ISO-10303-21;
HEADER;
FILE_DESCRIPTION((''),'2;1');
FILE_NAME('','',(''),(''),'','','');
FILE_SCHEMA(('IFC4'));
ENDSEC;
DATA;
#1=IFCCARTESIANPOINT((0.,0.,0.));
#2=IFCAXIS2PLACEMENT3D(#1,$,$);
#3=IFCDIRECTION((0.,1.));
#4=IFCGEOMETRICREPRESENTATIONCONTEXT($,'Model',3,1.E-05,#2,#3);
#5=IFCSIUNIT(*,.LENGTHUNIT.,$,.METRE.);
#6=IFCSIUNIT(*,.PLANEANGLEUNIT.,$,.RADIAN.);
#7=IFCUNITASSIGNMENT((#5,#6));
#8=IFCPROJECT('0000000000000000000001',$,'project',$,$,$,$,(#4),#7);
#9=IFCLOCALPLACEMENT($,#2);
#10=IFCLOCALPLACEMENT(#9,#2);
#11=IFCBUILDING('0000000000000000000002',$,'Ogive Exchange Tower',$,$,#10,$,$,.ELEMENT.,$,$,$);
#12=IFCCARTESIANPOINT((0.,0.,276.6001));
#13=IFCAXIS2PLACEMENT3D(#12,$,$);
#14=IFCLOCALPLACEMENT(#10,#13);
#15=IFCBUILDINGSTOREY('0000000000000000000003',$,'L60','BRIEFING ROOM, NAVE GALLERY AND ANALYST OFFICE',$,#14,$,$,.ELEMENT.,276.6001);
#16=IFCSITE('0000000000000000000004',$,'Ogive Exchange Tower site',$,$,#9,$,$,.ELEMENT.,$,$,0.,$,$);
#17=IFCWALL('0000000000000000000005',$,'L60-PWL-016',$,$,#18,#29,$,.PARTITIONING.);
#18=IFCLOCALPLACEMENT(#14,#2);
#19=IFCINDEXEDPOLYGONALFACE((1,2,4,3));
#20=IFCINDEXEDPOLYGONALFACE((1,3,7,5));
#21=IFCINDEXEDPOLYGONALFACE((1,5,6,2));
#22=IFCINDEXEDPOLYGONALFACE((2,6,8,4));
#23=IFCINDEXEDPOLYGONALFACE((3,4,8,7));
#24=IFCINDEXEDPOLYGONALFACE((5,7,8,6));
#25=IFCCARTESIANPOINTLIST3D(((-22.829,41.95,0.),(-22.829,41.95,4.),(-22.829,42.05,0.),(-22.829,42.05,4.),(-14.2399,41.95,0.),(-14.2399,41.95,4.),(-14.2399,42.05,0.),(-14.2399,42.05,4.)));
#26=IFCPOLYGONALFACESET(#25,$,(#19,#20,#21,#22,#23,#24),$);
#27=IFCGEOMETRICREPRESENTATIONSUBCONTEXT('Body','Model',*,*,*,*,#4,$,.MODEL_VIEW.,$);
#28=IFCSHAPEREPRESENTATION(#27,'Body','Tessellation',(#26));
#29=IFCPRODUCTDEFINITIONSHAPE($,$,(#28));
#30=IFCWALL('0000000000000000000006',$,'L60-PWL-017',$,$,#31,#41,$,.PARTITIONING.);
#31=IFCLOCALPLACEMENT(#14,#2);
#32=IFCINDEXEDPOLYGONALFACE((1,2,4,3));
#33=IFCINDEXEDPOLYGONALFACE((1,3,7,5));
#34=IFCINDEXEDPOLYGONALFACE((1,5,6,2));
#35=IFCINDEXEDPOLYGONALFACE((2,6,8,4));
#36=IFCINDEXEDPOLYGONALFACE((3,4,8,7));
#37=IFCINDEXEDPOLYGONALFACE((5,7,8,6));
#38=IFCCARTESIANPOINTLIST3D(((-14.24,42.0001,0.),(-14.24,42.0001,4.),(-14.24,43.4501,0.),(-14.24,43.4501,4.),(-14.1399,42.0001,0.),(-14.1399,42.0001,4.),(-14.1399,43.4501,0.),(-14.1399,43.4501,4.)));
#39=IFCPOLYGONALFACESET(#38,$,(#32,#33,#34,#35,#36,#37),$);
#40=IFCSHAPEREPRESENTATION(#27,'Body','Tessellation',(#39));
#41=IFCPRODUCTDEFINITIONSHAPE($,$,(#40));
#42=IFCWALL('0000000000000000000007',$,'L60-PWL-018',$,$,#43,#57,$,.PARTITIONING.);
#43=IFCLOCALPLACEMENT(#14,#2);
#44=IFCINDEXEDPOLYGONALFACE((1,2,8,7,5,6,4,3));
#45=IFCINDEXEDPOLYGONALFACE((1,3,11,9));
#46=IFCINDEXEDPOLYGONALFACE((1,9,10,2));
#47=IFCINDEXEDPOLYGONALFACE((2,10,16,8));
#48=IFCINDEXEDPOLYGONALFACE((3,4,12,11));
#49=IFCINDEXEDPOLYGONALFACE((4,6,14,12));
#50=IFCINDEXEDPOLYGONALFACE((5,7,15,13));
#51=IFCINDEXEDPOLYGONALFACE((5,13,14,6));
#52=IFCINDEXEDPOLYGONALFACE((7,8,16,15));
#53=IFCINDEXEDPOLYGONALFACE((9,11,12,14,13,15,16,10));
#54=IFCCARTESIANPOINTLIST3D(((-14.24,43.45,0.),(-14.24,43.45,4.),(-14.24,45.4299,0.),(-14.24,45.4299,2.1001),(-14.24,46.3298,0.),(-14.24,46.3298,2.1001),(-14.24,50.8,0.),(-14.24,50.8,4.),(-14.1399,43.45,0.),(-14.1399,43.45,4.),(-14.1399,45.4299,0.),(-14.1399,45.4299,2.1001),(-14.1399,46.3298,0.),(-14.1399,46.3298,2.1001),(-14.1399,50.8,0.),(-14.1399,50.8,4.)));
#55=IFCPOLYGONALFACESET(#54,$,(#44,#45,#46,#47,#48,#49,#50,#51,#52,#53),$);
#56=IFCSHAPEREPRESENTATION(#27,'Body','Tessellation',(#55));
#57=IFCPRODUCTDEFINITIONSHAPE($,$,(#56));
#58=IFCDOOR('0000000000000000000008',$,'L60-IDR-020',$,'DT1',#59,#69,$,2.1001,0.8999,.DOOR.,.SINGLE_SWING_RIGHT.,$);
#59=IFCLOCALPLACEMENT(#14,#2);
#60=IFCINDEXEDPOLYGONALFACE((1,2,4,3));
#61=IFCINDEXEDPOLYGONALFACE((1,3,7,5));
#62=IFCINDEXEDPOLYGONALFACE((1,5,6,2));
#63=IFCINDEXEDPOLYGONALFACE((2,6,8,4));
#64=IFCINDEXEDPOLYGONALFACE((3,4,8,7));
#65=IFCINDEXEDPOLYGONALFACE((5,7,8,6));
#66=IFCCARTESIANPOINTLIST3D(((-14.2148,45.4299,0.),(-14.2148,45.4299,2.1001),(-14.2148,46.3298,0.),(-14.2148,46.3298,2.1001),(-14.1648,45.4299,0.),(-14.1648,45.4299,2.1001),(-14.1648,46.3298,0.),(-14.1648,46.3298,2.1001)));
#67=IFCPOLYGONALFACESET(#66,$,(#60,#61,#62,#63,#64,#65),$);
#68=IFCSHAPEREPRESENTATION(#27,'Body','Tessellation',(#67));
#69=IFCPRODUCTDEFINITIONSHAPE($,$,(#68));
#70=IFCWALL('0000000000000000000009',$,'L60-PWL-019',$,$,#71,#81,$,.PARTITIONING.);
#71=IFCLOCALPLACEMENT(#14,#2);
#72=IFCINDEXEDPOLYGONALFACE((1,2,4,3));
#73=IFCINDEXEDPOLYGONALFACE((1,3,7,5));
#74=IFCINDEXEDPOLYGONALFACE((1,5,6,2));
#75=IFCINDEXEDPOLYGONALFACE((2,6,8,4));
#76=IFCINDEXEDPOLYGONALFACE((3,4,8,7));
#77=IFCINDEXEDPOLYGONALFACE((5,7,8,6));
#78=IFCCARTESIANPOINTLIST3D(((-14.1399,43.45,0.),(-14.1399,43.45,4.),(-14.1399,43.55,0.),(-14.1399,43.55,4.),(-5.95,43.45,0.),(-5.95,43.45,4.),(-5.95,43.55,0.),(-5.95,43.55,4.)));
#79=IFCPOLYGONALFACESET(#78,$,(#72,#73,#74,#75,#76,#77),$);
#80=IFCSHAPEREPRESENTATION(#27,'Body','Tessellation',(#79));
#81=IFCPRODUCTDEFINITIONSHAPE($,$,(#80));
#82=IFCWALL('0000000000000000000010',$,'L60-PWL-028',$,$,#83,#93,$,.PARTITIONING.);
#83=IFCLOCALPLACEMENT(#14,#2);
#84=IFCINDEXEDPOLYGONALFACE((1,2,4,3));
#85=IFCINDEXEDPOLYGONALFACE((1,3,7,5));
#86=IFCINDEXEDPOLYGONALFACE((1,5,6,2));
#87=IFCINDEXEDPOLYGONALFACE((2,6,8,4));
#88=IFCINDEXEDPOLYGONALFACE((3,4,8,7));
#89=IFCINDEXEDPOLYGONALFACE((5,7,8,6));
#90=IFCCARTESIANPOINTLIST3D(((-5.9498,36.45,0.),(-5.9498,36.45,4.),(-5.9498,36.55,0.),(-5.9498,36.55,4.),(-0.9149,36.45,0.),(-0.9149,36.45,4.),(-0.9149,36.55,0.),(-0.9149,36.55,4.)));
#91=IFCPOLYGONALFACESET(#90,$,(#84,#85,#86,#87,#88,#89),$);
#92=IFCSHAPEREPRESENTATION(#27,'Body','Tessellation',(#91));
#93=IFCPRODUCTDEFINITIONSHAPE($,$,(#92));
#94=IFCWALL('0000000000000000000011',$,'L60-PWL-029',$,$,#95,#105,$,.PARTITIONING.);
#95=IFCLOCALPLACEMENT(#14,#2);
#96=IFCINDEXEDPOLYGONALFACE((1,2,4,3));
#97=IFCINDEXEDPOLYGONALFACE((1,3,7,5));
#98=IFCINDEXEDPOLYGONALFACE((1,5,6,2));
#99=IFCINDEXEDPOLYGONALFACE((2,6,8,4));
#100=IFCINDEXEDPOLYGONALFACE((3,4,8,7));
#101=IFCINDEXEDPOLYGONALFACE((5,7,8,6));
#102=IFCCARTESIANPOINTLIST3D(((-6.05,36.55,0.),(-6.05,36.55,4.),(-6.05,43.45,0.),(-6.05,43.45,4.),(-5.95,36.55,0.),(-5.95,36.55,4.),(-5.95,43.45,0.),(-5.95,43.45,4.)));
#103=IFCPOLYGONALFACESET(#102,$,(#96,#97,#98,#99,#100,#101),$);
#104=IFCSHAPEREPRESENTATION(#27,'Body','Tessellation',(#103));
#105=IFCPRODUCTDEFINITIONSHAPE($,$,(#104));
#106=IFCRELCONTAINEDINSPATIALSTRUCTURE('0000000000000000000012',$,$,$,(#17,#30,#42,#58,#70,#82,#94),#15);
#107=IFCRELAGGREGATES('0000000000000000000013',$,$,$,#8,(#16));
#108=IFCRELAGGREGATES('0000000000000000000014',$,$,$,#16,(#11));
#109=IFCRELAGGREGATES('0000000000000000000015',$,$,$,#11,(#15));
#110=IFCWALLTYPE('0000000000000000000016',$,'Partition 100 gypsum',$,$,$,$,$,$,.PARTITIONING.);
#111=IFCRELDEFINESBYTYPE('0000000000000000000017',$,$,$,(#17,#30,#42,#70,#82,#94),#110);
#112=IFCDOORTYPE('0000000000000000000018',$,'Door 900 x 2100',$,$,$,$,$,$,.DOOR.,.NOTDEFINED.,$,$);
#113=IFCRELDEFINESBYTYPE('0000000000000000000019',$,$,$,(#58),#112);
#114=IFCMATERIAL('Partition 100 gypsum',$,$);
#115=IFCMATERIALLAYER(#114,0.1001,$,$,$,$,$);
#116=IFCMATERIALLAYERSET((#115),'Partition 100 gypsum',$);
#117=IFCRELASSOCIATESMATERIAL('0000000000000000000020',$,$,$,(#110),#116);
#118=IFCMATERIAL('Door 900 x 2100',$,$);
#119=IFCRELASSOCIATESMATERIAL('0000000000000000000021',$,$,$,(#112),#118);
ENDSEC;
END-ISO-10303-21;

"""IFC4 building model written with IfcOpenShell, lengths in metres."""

from ifc_helpers import new_model, si_unit, direction, frame, frame_2d, origin, place, context, subcontext, project, spatial, rectangle, extrude, material, layer, layer_set, type_object, element, fill, save


model = new_model("IFC4")

# Units and contexts
model_context = context("Model", 3, precision=1e-05, world=origin(), true_north=direction((0.0, 1.0)))
body_context = subcontext(model_context, "Body", "Model", "MODEL_VIEW")
ifc_project = project(units=[si_unit("LENGTHUNIT", "METRE"), si_unit("PLANEANGLEUNIT", "RADIAN")], contexts=[model_context])

# Site, building, storey
site_placement = place(None, origin())
site = spatial("IfcSite", under=ifc_project, at=site_placement, Name="Ogive Exchange Tower site", CompositionType="ELEMENT", RefElevation=0.0)
building_placement = place(site_placement, origin())
building = spatial("IfcBuilding", under=site, at=building_placement, Name="Ogive Exchange Tower", CompositionType="ELEMENT")
storey_placement = place(building_placement, frame((0.0, 0.0, 276.6001)))
storey = spatial("IfcBuildingStorey", under=building, at=storey_placement, Name="L60", Description="BRIEFING ROOM, NAVE GALLERY AND ANALYST OFFICE", CompositionType="ELEMENT", Elevation=276.6001)

# Shared definitions
ifc_material_1 = material(Name="Partition 100 gypsum")
ifc_layer_1 = layer(ifc_material_1, 0.1001)
ifc_layer_set_1 = layer_set([ifc_layer_1], Name="Partition 100 gypsum")
wall_type_1 = type_object("IfcWallType", Name="Partition 100 gypsum", PredefinedType="PARTITIONING", material=ifc_layer_set_1)

# Shared definitions
ifc_material_2 = material(Name="Door 900 x 2100")
door_type_1 = type_object("IfcDoorType", Name="Door 900 x 2100", OperationType="NOTDEFINED", PredefinedType="DOOR", material=ifc_material_2)

# Walls
wall_1_placement = place(storey_placement, frame((-14.24, 42.0, 0.0), z_axis=(0.0, 0.0, 1.0), x_axis=(-1.0, 0.0, 0.0)))
element("IfcWall", 1, at=wall_1_placement, inside=storey, type_object=wall_type_1, Name="L60-PWL-016", PredefinedType="PARTITIONING", context=body_context, shape_type="SweptSolid", body=[
    extrude(rectangle(XDim=8.5891, YDim=0.1001, at=frame_2d((4.2944, 0.0))), origin(), (0.0, 0.0, 1.0), 4.0),
])
wall_2_placement = place(storey_placement, frame((-14.1899, 42.0, 0.0), z_axis=(0.0, 0.0, 1.0), x_axis=(0.0, 1.0, 0.0)))
element("IfcWall", 2, at=wall_2_placement, inside=storey, type_object=wall_type_1, Name="L60-PWL-017", PredefinedType="PARTITIONING", context=body_context, shape_type="SweptSolid", body=[
    extrude(rectangle(XDim=1.45, YDim=0.1001, at=frame_2d((0.7251, 0.0))), origin(), (0.0, 0.0, 1.0), 4.0),
])

# Wall, opening, door
wall_3_placement = place(storey_placement, frame((-14.1899, 43.45, 0.0), z_axis=(0.0, 0.0, 1.0), x_axis=(0.0, 1.0, 0.0)))
wall_3 = element("IfcWall", 3, at=wall_3_placement, inside=storey, type_object=wall_type_1, Name="L60-PWL-018", PredefinedType="PARTITIONING", context=body_context, shape_type="SweptSolid", body=[
    extrude(rectangle(XDim=7.3501, YDim=0.1001, at=frame_2d((3.675, 0.0))), origin(), (0.0, 0.0, 1.0), 4.0),
])
opening_1_placement = place(wall_3_placement, frame((1.98, 0.0, 0.0)))
opening_1 = element("IfcOpeningElement", 4, at=opening_1_placement, cuts=wall_3, PredefinedType="OPENING", context=body_context, shape_type="SweptSolid", body=[
    extrude(rectangle(XDim=0.8999, YDim=2.1001, at=frame_2d((0.45, 1.05))), frame((0.0, 0.0601, 0.0), z_axis=(0.0, -1.0, 0.0), x_axis=(1.0, 0.0, 0.0)), (0.0, 0.0, 1.0), 0.1201),
])
door_1_placement = place(opening_1_placement, origin())
door_1 = element("IfcDoor", 5, at=door_1_placement, inside=storey, type_object=door_type_1, Name="L60-IDR-020", ObjectType="DT1", OperationType="SINGLE_SWING_RIGHT", OverallHeight=2.1001, OverallWidth=0.8999, PredefinedType="DOOR", context=body_context, shape_type="SweptSolid", body=[
    extrude(rectangle(XDim=0.8999, YDim=2.1001, at=frame_2d((0.45, 1.05))), frame((0.0, 0.0249, 0.0), z_axis=(0.0, -1.0, 0.0), x_axis=(1.0, 0.0, 0.0)), (0.0, 0.0, 1.0), 0.05),
])
fill(opening_1, door_1)

# Walls
wall_4_placement = place(storey_placement, frame((-14.1399, 43.5, 0.0), z_axis=(0.0, 0.0, 1.0), x_axis=(1.0, 0.0, 0.0)))
element("IfcWall", 6, at=wall_4_placement, inside=storey, type_object=wall_type_1, Name="L60-PWL-019", PredefinedType="PARTITIONING", context=body_context, shape_type="SweptSolid", body=[
    extrude(rectangle(XDim=8.1899, YDim=0.1001, at=frame_2d((4.095, 0.0))), origin(), (0.0, 0.0, 1.0), 4.0),
])
wall_5_placement = place(storey_placement, frame((-5.95, 36.5, 0.0), z_axis=(0.0, 0.0, 1.0), x_axis=(1.0, 0.0, 0.0)))
element("IfcWall", 7, at=wall_5_placement, inside=storey, type_object=wall_type_1, Name="L60-PWL-028", PredefinedType="PARTITIONING", context=body_context, shape_type="SweptSolid", body=[
    extrude(rectangle(XDim=5.0349, YDim=0.1001, at=frame_2d((2.5176, 0.0))), origin(), (0.0, 0.0, 1.0), 4.0),
])
wall_6_placement = place(storey_placement, frame((-6.0, 43.45, 0.0), z_axis=(0.0, 0.0, 1.0), x_axis=(0.0, -1.0, 0.0)))
element("IfcWall", 8, at=wall_6_placement, inside=storey, type_object=wall_type_1, Name="L60-PWL-029", PredefinedType="PARTITIONING", context=body_context, shape_type="SweptSolid", body=[
    extrude(rectangle(XDim=6.8999, YDim=0.1001, at=frame_2d((3.45, 0.0))), origin(), (0.0, 0.0, 1.0), 4.0),
])

save(model, "model.ifc")
